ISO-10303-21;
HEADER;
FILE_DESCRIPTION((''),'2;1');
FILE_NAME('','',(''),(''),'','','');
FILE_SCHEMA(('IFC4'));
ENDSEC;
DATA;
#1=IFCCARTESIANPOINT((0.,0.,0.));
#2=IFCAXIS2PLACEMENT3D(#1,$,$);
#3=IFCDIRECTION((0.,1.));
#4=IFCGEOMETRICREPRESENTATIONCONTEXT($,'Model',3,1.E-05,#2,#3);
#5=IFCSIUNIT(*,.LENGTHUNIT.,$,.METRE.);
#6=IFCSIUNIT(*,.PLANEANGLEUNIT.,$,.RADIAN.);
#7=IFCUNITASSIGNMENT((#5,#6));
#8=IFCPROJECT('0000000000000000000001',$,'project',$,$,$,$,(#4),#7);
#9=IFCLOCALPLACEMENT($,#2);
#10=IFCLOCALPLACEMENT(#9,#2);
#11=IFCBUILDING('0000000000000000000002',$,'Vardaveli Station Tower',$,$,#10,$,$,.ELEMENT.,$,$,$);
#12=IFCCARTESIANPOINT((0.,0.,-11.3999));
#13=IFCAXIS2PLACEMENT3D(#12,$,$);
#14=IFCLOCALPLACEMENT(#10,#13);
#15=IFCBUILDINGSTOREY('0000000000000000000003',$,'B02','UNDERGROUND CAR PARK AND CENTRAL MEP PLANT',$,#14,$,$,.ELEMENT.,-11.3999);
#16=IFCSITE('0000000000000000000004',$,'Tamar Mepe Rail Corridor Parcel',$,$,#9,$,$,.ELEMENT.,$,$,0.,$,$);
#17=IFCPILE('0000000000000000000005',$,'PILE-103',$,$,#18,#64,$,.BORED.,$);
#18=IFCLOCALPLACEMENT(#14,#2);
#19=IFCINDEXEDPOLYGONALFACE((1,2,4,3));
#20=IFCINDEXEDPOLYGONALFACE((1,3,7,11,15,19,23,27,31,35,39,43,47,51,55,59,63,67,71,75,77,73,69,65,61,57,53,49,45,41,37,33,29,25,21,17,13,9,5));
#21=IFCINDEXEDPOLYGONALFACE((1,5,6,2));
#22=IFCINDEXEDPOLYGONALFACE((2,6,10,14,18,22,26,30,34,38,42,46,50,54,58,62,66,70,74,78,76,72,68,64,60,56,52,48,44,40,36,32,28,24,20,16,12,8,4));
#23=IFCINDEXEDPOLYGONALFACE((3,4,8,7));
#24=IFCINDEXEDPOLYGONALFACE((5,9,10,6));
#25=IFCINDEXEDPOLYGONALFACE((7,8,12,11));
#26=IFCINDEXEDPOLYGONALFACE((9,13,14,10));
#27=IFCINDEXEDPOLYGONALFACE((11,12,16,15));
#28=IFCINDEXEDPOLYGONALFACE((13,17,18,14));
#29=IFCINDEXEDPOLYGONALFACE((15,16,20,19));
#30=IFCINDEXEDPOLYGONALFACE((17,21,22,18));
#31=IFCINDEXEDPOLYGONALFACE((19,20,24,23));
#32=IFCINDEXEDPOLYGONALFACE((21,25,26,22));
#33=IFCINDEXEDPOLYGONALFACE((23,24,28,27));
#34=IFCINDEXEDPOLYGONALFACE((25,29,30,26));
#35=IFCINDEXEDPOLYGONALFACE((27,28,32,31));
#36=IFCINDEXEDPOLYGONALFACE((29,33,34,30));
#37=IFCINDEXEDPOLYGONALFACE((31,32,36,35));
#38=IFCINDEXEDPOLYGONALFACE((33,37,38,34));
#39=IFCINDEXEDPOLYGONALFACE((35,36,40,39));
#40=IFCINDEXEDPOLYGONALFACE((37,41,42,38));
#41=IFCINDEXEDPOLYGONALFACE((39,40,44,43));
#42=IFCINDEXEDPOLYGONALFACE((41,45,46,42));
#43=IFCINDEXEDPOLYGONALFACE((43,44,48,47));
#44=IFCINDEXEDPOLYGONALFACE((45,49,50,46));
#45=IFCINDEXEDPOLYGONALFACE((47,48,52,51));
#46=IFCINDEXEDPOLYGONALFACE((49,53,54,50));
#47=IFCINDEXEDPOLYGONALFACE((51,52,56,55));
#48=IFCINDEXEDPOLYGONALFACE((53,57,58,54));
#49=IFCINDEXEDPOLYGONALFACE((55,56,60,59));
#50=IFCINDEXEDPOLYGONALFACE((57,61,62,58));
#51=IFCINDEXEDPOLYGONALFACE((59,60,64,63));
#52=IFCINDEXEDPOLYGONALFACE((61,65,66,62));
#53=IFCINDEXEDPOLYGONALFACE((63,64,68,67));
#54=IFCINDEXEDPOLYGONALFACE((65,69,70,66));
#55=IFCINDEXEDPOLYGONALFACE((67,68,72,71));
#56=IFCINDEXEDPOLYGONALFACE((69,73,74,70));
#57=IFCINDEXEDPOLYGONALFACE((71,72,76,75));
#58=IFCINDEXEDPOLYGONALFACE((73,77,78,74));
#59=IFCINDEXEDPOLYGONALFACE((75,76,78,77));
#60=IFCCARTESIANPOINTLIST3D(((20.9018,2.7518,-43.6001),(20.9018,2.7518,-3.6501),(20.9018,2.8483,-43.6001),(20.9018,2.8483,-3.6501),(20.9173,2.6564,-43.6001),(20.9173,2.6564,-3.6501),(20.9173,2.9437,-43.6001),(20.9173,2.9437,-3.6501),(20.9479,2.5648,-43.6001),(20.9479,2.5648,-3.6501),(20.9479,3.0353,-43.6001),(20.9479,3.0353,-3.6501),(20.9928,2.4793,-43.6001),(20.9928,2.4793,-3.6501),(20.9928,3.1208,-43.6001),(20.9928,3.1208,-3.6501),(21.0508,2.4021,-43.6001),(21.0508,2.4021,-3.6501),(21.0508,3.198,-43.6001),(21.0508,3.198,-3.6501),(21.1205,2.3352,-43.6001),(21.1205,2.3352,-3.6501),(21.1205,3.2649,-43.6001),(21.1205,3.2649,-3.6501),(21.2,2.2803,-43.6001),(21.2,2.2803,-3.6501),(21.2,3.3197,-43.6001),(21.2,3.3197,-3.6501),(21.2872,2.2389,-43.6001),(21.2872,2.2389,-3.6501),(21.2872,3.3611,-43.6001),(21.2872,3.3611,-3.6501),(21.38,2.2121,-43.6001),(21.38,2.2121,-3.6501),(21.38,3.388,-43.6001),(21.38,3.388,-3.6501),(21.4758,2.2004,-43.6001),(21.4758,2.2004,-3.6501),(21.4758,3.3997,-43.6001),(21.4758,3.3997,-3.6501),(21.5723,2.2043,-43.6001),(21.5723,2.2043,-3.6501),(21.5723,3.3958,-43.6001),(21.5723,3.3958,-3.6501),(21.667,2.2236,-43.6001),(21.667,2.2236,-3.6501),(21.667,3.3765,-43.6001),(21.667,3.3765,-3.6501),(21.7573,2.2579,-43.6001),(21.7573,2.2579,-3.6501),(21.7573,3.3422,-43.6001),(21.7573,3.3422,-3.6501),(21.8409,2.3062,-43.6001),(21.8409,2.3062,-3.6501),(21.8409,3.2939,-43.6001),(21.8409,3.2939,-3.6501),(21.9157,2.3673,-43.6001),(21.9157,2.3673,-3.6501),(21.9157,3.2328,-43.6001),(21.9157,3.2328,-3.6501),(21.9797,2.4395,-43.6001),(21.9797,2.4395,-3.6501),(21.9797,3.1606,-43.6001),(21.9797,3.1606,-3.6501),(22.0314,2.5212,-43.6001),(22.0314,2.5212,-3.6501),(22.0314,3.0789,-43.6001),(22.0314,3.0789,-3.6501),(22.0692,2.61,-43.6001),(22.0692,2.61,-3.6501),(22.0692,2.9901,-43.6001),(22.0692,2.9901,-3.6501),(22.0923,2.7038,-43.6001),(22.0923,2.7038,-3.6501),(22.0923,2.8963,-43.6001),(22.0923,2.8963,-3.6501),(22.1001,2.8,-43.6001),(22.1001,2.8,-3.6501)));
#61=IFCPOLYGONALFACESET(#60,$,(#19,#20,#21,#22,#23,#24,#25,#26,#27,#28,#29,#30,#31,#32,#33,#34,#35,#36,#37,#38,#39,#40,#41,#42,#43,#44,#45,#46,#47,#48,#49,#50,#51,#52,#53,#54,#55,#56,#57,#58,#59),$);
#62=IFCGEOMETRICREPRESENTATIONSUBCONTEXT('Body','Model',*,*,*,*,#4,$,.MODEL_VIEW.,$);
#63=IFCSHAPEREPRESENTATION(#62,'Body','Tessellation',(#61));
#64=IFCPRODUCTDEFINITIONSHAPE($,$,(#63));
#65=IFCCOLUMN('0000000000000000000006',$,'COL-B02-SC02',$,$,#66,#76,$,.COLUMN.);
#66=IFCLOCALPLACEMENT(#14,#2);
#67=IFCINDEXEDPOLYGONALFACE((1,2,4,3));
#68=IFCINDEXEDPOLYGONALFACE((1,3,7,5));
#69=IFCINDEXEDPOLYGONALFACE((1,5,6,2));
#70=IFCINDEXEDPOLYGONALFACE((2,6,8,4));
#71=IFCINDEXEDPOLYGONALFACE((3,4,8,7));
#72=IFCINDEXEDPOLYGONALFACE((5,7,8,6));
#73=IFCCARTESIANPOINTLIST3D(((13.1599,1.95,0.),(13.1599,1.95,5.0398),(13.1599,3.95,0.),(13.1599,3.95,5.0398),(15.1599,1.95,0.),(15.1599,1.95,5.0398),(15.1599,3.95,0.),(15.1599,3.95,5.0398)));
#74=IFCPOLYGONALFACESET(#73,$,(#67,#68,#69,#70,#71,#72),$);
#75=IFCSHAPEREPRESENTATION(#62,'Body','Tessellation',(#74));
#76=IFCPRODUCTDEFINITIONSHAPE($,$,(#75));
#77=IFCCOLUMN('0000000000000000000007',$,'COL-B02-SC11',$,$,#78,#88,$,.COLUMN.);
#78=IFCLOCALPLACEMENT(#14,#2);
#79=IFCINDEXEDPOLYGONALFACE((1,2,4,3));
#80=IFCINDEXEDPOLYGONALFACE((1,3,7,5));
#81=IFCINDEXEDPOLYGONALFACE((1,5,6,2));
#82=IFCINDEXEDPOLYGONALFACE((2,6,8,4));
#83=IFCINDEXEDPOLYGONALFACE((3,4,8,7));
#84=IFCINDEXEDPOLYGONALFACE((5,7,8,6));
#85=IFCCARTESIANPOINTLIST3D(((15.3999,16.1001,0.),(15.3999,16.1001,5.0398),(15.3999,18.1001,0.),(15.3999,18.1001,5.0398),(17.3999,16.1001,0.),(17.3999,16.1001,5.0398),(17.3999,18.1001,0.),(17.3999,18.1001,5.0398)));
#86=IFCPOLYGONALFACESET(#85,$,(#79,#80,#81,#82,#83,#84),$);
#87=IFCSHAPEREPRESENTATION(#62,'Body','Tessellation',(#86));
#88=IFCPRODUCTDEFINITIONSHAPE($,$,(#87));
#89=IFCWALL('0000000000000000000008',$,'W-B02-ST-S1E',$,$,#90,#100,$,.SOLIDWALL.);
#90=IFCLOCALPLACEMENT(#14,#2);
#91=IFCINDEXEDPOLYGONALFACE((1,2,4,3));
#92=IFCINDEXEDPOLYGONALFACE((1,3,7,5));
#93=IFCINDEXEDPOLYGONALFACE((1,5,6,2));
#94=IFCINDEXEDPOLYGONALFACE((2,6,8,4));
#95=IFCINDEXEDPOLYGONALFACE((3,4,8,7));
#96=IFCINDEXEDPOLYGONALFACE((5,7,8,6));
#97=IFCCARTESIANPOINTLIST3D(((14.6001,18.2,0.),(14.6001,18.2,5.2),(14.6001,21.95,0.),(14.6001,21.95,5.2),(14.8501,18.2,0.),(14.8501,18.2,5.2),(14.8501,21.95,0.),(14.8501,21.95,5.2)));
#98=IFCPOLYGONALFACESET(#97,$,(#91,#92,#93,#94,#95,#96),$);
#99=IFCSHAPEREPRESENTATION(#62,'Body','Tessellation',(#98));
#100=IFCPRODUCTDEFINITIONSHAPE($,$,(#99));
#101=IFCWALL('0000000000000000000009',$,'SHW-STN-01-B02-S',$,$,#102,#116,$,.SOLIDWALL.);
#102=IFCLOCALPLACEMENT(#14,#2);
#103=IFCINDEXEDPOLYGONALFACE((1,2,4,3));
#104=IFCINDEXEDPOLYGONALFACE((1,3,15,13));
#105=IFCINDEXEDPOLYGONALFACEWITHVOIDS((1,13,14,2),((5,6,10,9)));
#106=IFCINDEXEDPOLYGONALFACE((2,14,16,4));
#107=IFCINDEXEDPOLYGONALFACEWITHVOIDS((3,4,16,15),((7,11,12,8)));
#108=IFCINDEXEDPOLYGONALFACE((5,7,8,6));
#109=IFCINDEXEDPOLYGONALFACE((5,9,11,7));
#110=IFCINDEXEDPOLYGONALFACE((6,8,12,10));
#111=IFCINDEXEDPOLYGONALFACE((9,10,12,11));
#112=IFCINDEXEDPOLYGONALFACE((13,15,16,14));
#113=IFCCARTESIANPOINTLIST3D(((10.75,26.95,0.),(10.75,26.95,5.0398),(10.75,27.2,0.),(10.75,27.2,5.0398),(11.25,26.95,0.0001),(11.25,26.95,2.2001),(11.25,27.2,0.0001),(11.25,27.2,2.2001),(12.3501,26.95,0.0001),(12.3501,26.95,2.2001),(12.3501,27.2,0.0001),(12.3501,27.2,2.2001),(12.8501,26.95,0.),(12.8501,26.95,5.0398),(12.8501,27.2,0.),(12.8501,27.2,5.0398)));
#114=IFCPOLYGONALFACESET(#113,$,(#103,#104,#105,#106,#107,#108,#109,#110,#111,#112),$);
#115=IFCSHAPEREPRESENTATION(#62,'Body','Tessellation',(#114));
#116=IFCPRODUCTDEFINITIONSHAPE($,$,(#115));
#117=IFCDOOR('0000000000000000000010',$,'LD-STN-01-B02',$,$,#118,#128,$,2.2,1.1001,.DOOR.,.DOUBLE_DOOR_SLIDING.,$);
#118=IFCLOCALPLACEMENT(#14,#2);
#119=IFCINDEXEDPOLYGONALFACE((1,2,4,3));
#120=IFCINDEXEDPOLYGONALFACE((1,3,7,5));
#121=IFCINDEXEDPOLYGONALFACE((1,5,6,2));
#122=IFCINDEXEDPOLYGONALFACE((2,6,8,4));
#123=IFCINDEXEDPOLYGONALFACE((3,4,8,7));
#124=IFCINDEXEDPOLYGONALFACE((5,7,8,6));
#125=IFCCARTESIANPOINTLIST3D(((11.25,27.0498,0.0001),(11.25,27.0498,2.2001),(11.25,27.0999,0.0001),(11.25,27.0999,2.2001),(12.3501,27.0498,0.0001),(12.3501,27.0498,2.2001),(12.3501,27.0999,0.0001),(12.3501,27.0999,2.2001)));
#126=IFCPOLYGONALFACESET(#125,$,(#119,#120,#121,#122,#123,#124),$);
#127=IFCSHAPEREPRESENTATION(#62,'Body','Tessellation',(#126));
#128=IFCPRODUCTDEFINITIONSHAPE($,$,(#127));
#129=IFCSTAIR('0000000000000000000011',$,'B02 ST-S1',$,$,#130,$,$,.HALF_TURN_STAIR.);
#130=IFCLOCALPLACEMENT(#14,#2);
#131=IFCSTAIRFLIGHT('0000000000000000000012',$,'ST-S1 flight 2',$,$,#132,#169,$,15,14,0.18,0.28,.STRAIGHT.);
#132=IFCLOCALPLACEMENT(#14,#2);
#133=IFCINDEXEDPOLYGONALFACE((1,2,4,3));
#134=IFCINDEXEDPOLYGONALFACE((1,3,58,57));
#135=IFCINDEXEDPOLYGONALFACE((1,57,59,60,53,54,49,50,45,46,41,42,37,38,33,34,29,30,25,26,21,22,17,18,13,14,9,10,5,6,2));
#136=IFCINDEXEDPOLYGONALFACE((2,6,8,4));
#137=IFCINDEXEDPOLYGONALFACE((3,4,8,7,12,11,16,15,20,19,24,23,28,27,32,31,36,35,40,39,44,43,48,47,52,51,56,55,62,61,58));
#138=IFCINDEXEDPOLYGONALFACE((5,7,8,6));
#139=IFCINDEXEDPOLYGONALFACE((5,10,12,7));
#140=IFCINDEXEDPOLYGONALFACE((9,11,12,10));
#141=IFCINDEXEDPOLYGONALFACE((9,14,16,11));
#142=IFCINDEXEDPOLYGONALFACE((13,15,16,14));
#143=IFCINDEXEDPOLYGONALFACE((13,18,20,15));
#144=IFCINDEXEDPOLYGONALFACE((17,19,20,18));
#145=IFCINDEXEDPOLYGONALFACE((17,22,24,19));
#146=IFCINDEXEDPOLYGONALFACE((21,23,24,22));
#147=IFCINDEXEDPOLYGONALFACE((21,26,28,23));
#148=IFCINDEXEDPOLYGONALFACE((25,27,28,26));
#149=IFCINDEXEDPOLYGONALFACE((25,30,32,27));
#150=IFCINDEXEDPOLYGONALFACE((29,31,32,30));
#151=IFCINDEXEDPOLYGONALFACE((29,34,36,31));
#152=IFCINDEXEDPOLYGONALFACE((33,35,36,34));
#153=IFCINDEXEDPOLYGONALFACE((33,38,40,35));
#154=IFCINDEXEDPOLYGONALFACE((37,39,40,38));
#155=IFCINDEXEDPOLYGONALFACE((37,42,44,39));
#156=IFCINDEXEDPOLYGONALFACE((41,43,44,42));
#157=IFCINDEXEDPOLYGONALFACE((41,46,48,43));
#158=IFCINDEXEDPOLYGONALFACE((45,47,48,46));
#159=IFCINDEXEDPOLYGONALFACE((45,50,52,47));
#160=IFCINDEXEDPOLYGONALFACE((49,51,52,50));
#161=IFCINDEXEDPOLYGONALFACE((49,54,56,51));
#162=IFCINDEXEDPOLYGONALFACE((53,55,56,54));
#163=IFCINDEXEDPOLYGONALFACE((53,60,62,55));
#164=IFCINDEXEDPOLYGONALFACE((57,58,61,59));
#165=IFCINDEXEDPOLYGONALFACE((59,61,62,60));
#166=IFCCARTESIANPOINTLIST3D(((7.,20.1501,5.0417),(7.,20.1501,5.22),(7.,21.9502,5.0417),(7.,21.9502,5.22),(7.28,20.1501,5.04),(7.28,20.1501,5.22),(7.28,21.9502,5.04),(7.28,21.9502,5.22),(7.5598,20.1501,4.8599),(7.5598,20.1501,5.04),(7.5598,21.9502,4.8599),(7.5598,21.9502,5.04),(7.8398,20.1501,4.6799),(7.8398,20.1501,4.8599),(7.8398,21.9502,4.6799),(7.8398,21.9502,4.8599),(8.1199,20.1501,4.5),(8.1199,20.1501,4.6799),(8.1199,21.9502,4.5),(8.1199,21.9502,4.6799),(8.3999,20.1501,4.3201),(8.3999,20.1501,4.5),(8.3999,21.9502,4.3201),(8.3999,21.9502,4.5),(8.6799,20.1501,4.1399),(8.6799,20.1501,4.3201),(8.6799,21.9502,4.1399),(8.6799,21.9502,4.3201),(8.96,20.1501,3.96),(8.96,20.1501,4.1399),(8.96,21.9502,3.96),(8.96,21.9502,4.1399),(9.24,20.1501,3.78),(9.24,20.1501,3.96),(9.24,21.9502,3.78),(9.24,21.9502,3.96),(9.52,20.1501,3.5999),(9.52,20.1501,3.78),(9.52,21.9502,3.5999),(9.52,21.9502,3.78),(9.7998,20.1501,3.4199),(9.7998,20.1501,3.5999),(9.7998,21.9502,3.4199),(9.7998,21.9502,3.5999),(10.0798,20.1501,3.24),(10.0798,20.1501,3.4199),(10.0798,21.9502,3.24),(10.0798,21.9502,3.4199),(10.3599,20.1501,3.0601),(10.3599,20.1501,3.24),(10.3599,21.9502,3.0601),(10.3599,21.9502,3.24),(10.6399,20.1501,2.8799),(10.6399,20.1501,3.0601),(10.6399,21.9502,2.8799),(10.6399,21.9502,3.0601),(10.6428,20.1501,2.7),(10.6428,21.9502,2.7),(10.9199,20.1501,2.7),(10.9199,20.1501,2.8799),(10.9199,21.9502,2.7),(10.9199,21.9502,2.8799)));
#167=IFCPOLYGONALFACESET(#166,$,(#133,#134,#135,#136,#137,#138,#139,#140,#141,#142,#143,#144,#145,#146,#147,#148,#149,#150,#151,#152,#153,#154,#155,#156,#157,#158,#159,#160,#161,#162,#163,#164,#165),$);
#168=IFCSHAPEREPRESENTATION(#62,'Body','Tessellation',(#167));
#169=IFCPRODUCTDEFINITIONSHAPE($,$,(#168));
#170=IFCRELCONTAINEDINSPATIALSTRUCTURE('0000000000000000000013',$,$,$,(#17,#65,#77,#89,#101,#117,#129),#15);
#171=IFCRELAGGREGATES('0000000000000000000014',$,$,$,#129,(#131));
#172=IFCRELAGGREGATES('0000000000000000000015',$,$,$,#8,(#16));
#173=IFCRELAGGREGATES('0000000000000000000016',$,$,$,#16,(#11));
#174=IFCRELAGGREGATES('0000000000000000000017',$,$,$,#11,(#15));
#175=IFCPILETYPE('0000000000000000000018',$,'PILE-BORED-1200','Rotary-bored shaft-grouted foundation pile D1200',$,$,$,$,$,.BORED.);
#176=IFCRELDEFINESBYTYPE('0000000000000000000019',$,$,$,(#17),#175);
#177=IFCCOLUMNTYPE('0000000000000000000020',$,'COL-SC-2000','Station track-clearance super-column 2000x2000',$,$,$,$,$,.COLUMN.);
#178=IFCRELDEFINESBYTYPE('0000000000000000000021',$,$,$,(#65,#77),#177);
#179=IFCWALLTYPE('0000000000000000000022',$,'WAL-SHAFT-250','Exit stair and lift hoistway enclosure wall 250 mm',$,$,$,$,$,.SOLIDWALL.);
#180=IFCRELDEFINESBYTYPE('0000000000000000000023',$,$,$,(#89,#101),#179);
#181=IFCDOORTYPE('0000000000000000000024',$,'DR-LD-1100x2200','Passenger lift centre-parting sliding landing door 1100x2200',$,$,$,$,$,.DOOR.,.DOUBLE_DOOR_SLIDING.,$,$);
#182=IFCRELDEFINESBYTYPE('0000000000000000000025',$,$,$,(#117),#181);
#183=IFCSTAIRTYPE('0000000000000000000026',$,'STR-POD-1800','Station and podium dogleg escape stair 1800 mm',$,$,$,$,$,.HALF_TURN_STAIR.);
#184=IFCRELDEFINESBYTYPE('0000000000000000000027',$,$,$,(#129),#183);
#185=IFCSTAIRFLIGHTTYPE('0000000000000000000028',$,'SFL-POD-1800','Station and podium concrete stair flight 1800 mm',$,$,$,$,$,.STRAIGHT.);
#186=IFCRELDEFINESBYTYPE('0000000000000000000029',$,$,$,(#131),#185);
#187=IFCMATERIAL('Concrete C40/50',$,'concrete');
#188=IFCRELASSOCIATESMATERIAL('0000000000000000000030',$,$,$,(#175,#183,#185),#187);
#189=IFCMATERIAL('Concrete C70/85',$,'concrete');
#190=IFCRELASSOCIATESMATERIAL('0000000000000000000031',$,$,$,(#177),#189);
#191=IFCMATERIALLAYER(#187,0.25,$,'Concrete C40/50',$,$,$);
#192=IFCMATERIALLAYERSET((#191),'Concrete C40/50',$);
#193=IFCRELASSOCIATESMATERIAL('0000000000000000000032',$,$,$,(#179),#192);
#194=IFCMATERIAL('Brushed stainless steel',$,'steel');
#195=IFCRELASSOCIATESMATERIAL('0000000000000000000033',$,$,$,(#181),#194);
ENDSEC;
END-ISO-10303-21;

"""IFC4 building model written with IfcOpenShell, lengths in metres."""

from ifc_helpers import new_model, si_unit, direction, frame, frame_2d, origin, origin_2d, place, context, subcontext, project, spatial, polyline, rectangle, circle, outline, extrude, source, transform, mapped, material, layer, layer_set, material_profile, profile_set, type_object, element, fill, aggregate, save


model = new_model("IFC4")

# Units and contexts
model_context = context("Model", 3, precision=1e-05, world=origin(), true_north=direction((0.0, 1.0)))
body_context = subcontext(model_context, "Body", "Model", "MODEL_VIEW")
ifc_project = project(units=[si_unit("LENGTHUNIT", "METRE"), si_unit("PLANEANGLEUNIT", "RADIAN")], contexts=[model_context])

# Site, building, storey
site_placement = place(None, origin())
site = spatial("IfcSite", under=ifc_project, at=site_placement, Name="Tamar Mepe Rail Corridor Parcel", CompositionType="ELEMENT", RefElevation=0.0)
building_placement = place(site_placement, origin())
building = spatial("IfcBuilding", under=site, at=building_placement, Name="Vardaveli Station Tower", CompositionType="ELEMENT")
storey_placement = place(building_placement, frame((0.0, 0.0, -11.3999)))
storey = spatial("IfcBuildingStorey", under=building, at=storey_placement, Name="B02", Description="UNDERGROUND CAR PARK AND CENTRAL MEP PLANT", CompositionType="ELEMENT", Elevation=-11.3999)

# Pile
ifc_material_1 = material(Name="Concrete C40/50", Category="concrete")
ifc_material_profile_1 = material_profile(ifc_material_1, circle(Radius=0.6001, at=origin_2d()), Name="PILE D1200")
ifc_profile_set_1 = profile_set([ifc_material_profile_1], Name="Concrete C40/50")
pile_type_1 = type_object("IfcPileType", Name="PILE-BORED-1200", Description="Rotary-bored shaft-grouted foundation pile D1200", PredefinedType="BORED", material=ifc_profile_set_1)
shared_shape_1 = source(origin(), body_context, "Body", "SweptSolid", [
    extrude(circle(Radius=0.6001, at=origin_2d()), origin(), (0.0, 0.0, 1.0), 39.95),
])
for number, where, z_axis, x_axis, name in (
    (1, (21.5, 2.8, -3.6501), (0.0, 0.0, -1.0), (1.0, 0.0, 0.0), "PILE-103"),
):
    element("IfcPile", number, at=place(storey_placement, frame(where, z_axis=z_axis, x_axis=x_axis)), inside=storey, type_object=pile_type_1, Name=name, PredefinedType="BORED", context=body_context, shape_type="MappedRepresentation", body=[
        mapped(shared_shape_1, transform((0.0, 0.0, 0.0), scale=1.0)),
    ])

# Columns
ifc_material_2 = material(Name="Concrete C70/85", Category="concrete")
ifc_material_profile_2 = material_profile(ifc_material_2, rectangle(XDim=2.0, YDim=2.0, at=origin_2d()), Name="SC 2000x2000")
ifc_profile_set_2 = profile_set([ifc_material_profile_2], Name="Concrete C70/85")
column_type = type_object("IfcColumnType", Name="COL-SC-2000", Description="Station track-clearance super-column 2000x2000", PredefinedType="COLUMN", material=ifc_profile_set_2)
shared_shape_2 = source(origin(), body_context, "Body", "SweptSolid", [
    extrude(rectangle(XDim=2.0, YDim=2.0, at=origin_2d()), origin(), (0.0, 0.0, 1.0), 5.0398),
])
for number, where, z_axis, x_axis, name in (
    (2, (14.1599, 2.95, 0.0), (0.0, 0.0, 1.0), (1.0, 0.0, 0.0), "COL-B02-SC02"),
    (3, (16.3999, 17.1001, 0.0), (0.0, 0.0, 1.0), (1.0, 0.0, 0.0), "COL-B02-SC11"),
):
    element("IfcColumn", number, at=place(storey_placement, frame(where, z_axis=z_axis, x_axis=x_axis)), inside=storey, type_object=column_type, Name=name, PredefinedType="COLUMN", context=body_context, shape_type="MappedRepresentation", body=[
        mapped(shared_shape_2, transform((0.0, 0.0, 0.0), scale=1.0)),
    ])

# Wall
ifc_layer = layer(ifc_material_1, 0.25, Name="Concrete C40/50")
ifc_layer_set = layer_set([ifc_layer], Name="Concrete C40/50")
wall_type = type_object("IfcWallType", Name="WAL-SHAFT-250", Description="Exit stair and lift hoistway enclosure wall 250 mm", PredefinedType="SOLIDWALL", material=ifc_layer_set)
shared_shape_3 = source(origin(), body_context, "Body", "SweptSolid", [
    extrude(rectangle(XDim=3.75, YDim=0.25, at=frame_2d((1.875, 0.0))), origin(), (0.0, 0.0, 1.0), 5.2),
])
wall_1_placement = place(storey_placement, frame((14.7251, 18.2, 0.0), z_axis=(0.0, 0.0, 1.0), x_axis=(0.0, 1.0, 0.0)))
element("IfcWall", 4, at=wall_1_placement, inside=storey, type_object=wall_type, Name="W-B02-ST-S1E", PredefinedType="SOLIDWALL", context=body_context, shape_type="MappedRepresentation", body=[
    mapped(shared_shape_3, transform((0.0, 0.0, 0.0), scale=1.0)),
])

# Wall, opening, door
shared_shape_4 = source(origin(), body_context, "Body", "SweptSolid", [
    extrude(rectangle(XDim=2.1001, YDim=0.25, at=frame_2d((1.05, 0.0))), origin(), (0.0, 0.0, 1.0), 5.0398),
])
wall_2_placement = place(storey_placement, frame((10.75, 27.075, 0.0), z_axis=(0.0, 0.0, 1.0), x_axis=(1.0, 0.0, 0.0)))
wall_2 = element("IfcWall", 5, at=wall_2_placement, inside=storey, type_object=wall_type, Name="SHW-STN-01-B02-S", PredefinedType="SOLIDWALL", context=body_context, shape_type="MappedRepresentation", body=[
    mapped(shared_shape_4, transform((0.0, 0.0, 0.0), scale=1.0)),
])
shared_shape_5 = source(origin(), body_context, "Body", "SweptSolid", [
    extrude(rectangle(XDim=1.1001, YDim=2.2, at=frame_2d((0.55, 1.1001))), frame((0.0, 0.135, 0.0), z_axis=(0.0, -1.0, 0.0), x_axis=(1.0, 0.0, 0.0)), (0.0, 0.0, 1.0), 0.27),
])
opening_placement = place(wall_2_placement, frame((0.5, 0.0, 0.0)))
opening = element("IfcOpeningElement", 6, at=opening_placement, cuts=wall_2, PredefinedType="OPENING", context=body_context, shape_type="MappedRepresentation", body=[
    mapped(shared_shape_5, transform((0.0, 0.0, 0.0), scale=1.0)),
])
ifc_material_3 = material(Name="Brushed stainless steel", Category="steel")
door_type = type_object("IfcDoorType", Name="DR-LD-1100x2200", Description="Passenger lift centre-parting sliding landing door 1100x2200", OperationType="DOUBLE_DOOR_SLIDING", PredefinedType="DOOR", material=ifc_material_3)
shared_shape_6 = source(origin(), body_context, "Body", "SweptSolid", [
    extrude(rectangle(XDim=1.1001, YDim=2.2, at=frame_2d((0.55, 1.1001))), frame((0.0, 0.0249, 0.0), z_axis=(0.0, -1.0, 0.0), x_axis=(1.0, 0.0, 0.0)), (0.0, 0.0, 1.0), 0.05),
])
door_placement = place(opening_placement, origin())
door = element("IfcDoor", 7, at=door_placement, inside=storey, type_object=door_type, Name="LD-STN-01-B02", OperationType="DOUBLE_DOOR_SLIDING", OverallHeight=2.2, OverallWidth=1.1001, PredefinedType="DOOR", context=body_context, shape_type="MappedRepresentation", body=[
    mapped(shared_shape_6, transform((0.0, 0.0, 0.0), scale=1.0)),
])
fill(opening, door)

# Stair, stair flight
stair_type = type_object("IfcStairType", Name="STR-POD-1800", Description="Station and podium dogleg escape stair 1800 mm", PredefinedType="HALF_TURN_STAIR", material=ifc_material_1)
stair_placement = place(storey_placement, origin())
stair = element("IfcStair", 8, at=stair_placement, inside=storey, type_object=stair_type, Name="B02 ST-S1", PredefinedType="HALF_TURN_STAIR")
stair_flight_type = type_object("IfcStairFlightType", Name="SFL-POD-1800", Description="Station and podium concrete stair flight 1800 mm", PredefinedType="STRAIGHT", material=ifc_material_1)
shared_shape_7 = source(origin(), body_context, "Body", "SweptSolid", [
    extrude(outline(polyline([(0.0, 0.0), (0.0, 0.1799), (0.28, 0.1799), (0.28, 0.3601), (0.5601, 0.3601), (0.5601, 0.54), (0.8401, 0.54), (0.8401, 0.72), (1.1201, 0.72), (1.1201, 0.8999), (1.3999, 0.8999), (1.3999, 1.0801), (1.6799, 1.0801), (1.6799, 1.26), (1.96, 1.26), (1.96, 1.4399), (2.24, 1.4399), (2.24, 1.6201), (2.52, 1.6201), (2.52, 1.8), (2.8, 1.8), (2.8, 1.98), (3.0801, 1.98), (3.0801, 2.1599), (3.3601, 2.1599), (3.3601, 2.3401), (3.6399, 2.3401), (3.6399, 2.52), (3.9199, 2.52), (3.9199, 2.7), (3.9199, 2.3418), (0.2771, 0.0), (0.0, 0.0)])), frame((0.0, 0.8999, 0.0), z_axis=(0.0, -1.0, 0.0), x_axis=(1.0, 0.0, 0.0)), (0.0, 0.0, 1.0), 1.8),
])
stair_flight_placement = place(storey_placement, frame((10.9199, 21.05, 2.7), z_axis=(0.0, 0.0, 1.0), x_axis=(-1.0, 0.0, 0.0)))
stair_flight = element("IfcStairFlight", 9, at=stair_flight_placement, type_object=stair_flight_type, Name="ST-S1 flight 2", NumberOfRisers=15, NumberOfTreads=14, PredefinedType="STRAIGHT", RiserHeight=0.18, TreadLength=0.28, context=body_context, shape_type="MappedRepresentation", body=[
    mapped(shared_shape_7, transform((0.0, 0.0, 0.0), scale=1.0)),
])
aggregate(stair, [stair_flight])

save(model, "model.ifc")
